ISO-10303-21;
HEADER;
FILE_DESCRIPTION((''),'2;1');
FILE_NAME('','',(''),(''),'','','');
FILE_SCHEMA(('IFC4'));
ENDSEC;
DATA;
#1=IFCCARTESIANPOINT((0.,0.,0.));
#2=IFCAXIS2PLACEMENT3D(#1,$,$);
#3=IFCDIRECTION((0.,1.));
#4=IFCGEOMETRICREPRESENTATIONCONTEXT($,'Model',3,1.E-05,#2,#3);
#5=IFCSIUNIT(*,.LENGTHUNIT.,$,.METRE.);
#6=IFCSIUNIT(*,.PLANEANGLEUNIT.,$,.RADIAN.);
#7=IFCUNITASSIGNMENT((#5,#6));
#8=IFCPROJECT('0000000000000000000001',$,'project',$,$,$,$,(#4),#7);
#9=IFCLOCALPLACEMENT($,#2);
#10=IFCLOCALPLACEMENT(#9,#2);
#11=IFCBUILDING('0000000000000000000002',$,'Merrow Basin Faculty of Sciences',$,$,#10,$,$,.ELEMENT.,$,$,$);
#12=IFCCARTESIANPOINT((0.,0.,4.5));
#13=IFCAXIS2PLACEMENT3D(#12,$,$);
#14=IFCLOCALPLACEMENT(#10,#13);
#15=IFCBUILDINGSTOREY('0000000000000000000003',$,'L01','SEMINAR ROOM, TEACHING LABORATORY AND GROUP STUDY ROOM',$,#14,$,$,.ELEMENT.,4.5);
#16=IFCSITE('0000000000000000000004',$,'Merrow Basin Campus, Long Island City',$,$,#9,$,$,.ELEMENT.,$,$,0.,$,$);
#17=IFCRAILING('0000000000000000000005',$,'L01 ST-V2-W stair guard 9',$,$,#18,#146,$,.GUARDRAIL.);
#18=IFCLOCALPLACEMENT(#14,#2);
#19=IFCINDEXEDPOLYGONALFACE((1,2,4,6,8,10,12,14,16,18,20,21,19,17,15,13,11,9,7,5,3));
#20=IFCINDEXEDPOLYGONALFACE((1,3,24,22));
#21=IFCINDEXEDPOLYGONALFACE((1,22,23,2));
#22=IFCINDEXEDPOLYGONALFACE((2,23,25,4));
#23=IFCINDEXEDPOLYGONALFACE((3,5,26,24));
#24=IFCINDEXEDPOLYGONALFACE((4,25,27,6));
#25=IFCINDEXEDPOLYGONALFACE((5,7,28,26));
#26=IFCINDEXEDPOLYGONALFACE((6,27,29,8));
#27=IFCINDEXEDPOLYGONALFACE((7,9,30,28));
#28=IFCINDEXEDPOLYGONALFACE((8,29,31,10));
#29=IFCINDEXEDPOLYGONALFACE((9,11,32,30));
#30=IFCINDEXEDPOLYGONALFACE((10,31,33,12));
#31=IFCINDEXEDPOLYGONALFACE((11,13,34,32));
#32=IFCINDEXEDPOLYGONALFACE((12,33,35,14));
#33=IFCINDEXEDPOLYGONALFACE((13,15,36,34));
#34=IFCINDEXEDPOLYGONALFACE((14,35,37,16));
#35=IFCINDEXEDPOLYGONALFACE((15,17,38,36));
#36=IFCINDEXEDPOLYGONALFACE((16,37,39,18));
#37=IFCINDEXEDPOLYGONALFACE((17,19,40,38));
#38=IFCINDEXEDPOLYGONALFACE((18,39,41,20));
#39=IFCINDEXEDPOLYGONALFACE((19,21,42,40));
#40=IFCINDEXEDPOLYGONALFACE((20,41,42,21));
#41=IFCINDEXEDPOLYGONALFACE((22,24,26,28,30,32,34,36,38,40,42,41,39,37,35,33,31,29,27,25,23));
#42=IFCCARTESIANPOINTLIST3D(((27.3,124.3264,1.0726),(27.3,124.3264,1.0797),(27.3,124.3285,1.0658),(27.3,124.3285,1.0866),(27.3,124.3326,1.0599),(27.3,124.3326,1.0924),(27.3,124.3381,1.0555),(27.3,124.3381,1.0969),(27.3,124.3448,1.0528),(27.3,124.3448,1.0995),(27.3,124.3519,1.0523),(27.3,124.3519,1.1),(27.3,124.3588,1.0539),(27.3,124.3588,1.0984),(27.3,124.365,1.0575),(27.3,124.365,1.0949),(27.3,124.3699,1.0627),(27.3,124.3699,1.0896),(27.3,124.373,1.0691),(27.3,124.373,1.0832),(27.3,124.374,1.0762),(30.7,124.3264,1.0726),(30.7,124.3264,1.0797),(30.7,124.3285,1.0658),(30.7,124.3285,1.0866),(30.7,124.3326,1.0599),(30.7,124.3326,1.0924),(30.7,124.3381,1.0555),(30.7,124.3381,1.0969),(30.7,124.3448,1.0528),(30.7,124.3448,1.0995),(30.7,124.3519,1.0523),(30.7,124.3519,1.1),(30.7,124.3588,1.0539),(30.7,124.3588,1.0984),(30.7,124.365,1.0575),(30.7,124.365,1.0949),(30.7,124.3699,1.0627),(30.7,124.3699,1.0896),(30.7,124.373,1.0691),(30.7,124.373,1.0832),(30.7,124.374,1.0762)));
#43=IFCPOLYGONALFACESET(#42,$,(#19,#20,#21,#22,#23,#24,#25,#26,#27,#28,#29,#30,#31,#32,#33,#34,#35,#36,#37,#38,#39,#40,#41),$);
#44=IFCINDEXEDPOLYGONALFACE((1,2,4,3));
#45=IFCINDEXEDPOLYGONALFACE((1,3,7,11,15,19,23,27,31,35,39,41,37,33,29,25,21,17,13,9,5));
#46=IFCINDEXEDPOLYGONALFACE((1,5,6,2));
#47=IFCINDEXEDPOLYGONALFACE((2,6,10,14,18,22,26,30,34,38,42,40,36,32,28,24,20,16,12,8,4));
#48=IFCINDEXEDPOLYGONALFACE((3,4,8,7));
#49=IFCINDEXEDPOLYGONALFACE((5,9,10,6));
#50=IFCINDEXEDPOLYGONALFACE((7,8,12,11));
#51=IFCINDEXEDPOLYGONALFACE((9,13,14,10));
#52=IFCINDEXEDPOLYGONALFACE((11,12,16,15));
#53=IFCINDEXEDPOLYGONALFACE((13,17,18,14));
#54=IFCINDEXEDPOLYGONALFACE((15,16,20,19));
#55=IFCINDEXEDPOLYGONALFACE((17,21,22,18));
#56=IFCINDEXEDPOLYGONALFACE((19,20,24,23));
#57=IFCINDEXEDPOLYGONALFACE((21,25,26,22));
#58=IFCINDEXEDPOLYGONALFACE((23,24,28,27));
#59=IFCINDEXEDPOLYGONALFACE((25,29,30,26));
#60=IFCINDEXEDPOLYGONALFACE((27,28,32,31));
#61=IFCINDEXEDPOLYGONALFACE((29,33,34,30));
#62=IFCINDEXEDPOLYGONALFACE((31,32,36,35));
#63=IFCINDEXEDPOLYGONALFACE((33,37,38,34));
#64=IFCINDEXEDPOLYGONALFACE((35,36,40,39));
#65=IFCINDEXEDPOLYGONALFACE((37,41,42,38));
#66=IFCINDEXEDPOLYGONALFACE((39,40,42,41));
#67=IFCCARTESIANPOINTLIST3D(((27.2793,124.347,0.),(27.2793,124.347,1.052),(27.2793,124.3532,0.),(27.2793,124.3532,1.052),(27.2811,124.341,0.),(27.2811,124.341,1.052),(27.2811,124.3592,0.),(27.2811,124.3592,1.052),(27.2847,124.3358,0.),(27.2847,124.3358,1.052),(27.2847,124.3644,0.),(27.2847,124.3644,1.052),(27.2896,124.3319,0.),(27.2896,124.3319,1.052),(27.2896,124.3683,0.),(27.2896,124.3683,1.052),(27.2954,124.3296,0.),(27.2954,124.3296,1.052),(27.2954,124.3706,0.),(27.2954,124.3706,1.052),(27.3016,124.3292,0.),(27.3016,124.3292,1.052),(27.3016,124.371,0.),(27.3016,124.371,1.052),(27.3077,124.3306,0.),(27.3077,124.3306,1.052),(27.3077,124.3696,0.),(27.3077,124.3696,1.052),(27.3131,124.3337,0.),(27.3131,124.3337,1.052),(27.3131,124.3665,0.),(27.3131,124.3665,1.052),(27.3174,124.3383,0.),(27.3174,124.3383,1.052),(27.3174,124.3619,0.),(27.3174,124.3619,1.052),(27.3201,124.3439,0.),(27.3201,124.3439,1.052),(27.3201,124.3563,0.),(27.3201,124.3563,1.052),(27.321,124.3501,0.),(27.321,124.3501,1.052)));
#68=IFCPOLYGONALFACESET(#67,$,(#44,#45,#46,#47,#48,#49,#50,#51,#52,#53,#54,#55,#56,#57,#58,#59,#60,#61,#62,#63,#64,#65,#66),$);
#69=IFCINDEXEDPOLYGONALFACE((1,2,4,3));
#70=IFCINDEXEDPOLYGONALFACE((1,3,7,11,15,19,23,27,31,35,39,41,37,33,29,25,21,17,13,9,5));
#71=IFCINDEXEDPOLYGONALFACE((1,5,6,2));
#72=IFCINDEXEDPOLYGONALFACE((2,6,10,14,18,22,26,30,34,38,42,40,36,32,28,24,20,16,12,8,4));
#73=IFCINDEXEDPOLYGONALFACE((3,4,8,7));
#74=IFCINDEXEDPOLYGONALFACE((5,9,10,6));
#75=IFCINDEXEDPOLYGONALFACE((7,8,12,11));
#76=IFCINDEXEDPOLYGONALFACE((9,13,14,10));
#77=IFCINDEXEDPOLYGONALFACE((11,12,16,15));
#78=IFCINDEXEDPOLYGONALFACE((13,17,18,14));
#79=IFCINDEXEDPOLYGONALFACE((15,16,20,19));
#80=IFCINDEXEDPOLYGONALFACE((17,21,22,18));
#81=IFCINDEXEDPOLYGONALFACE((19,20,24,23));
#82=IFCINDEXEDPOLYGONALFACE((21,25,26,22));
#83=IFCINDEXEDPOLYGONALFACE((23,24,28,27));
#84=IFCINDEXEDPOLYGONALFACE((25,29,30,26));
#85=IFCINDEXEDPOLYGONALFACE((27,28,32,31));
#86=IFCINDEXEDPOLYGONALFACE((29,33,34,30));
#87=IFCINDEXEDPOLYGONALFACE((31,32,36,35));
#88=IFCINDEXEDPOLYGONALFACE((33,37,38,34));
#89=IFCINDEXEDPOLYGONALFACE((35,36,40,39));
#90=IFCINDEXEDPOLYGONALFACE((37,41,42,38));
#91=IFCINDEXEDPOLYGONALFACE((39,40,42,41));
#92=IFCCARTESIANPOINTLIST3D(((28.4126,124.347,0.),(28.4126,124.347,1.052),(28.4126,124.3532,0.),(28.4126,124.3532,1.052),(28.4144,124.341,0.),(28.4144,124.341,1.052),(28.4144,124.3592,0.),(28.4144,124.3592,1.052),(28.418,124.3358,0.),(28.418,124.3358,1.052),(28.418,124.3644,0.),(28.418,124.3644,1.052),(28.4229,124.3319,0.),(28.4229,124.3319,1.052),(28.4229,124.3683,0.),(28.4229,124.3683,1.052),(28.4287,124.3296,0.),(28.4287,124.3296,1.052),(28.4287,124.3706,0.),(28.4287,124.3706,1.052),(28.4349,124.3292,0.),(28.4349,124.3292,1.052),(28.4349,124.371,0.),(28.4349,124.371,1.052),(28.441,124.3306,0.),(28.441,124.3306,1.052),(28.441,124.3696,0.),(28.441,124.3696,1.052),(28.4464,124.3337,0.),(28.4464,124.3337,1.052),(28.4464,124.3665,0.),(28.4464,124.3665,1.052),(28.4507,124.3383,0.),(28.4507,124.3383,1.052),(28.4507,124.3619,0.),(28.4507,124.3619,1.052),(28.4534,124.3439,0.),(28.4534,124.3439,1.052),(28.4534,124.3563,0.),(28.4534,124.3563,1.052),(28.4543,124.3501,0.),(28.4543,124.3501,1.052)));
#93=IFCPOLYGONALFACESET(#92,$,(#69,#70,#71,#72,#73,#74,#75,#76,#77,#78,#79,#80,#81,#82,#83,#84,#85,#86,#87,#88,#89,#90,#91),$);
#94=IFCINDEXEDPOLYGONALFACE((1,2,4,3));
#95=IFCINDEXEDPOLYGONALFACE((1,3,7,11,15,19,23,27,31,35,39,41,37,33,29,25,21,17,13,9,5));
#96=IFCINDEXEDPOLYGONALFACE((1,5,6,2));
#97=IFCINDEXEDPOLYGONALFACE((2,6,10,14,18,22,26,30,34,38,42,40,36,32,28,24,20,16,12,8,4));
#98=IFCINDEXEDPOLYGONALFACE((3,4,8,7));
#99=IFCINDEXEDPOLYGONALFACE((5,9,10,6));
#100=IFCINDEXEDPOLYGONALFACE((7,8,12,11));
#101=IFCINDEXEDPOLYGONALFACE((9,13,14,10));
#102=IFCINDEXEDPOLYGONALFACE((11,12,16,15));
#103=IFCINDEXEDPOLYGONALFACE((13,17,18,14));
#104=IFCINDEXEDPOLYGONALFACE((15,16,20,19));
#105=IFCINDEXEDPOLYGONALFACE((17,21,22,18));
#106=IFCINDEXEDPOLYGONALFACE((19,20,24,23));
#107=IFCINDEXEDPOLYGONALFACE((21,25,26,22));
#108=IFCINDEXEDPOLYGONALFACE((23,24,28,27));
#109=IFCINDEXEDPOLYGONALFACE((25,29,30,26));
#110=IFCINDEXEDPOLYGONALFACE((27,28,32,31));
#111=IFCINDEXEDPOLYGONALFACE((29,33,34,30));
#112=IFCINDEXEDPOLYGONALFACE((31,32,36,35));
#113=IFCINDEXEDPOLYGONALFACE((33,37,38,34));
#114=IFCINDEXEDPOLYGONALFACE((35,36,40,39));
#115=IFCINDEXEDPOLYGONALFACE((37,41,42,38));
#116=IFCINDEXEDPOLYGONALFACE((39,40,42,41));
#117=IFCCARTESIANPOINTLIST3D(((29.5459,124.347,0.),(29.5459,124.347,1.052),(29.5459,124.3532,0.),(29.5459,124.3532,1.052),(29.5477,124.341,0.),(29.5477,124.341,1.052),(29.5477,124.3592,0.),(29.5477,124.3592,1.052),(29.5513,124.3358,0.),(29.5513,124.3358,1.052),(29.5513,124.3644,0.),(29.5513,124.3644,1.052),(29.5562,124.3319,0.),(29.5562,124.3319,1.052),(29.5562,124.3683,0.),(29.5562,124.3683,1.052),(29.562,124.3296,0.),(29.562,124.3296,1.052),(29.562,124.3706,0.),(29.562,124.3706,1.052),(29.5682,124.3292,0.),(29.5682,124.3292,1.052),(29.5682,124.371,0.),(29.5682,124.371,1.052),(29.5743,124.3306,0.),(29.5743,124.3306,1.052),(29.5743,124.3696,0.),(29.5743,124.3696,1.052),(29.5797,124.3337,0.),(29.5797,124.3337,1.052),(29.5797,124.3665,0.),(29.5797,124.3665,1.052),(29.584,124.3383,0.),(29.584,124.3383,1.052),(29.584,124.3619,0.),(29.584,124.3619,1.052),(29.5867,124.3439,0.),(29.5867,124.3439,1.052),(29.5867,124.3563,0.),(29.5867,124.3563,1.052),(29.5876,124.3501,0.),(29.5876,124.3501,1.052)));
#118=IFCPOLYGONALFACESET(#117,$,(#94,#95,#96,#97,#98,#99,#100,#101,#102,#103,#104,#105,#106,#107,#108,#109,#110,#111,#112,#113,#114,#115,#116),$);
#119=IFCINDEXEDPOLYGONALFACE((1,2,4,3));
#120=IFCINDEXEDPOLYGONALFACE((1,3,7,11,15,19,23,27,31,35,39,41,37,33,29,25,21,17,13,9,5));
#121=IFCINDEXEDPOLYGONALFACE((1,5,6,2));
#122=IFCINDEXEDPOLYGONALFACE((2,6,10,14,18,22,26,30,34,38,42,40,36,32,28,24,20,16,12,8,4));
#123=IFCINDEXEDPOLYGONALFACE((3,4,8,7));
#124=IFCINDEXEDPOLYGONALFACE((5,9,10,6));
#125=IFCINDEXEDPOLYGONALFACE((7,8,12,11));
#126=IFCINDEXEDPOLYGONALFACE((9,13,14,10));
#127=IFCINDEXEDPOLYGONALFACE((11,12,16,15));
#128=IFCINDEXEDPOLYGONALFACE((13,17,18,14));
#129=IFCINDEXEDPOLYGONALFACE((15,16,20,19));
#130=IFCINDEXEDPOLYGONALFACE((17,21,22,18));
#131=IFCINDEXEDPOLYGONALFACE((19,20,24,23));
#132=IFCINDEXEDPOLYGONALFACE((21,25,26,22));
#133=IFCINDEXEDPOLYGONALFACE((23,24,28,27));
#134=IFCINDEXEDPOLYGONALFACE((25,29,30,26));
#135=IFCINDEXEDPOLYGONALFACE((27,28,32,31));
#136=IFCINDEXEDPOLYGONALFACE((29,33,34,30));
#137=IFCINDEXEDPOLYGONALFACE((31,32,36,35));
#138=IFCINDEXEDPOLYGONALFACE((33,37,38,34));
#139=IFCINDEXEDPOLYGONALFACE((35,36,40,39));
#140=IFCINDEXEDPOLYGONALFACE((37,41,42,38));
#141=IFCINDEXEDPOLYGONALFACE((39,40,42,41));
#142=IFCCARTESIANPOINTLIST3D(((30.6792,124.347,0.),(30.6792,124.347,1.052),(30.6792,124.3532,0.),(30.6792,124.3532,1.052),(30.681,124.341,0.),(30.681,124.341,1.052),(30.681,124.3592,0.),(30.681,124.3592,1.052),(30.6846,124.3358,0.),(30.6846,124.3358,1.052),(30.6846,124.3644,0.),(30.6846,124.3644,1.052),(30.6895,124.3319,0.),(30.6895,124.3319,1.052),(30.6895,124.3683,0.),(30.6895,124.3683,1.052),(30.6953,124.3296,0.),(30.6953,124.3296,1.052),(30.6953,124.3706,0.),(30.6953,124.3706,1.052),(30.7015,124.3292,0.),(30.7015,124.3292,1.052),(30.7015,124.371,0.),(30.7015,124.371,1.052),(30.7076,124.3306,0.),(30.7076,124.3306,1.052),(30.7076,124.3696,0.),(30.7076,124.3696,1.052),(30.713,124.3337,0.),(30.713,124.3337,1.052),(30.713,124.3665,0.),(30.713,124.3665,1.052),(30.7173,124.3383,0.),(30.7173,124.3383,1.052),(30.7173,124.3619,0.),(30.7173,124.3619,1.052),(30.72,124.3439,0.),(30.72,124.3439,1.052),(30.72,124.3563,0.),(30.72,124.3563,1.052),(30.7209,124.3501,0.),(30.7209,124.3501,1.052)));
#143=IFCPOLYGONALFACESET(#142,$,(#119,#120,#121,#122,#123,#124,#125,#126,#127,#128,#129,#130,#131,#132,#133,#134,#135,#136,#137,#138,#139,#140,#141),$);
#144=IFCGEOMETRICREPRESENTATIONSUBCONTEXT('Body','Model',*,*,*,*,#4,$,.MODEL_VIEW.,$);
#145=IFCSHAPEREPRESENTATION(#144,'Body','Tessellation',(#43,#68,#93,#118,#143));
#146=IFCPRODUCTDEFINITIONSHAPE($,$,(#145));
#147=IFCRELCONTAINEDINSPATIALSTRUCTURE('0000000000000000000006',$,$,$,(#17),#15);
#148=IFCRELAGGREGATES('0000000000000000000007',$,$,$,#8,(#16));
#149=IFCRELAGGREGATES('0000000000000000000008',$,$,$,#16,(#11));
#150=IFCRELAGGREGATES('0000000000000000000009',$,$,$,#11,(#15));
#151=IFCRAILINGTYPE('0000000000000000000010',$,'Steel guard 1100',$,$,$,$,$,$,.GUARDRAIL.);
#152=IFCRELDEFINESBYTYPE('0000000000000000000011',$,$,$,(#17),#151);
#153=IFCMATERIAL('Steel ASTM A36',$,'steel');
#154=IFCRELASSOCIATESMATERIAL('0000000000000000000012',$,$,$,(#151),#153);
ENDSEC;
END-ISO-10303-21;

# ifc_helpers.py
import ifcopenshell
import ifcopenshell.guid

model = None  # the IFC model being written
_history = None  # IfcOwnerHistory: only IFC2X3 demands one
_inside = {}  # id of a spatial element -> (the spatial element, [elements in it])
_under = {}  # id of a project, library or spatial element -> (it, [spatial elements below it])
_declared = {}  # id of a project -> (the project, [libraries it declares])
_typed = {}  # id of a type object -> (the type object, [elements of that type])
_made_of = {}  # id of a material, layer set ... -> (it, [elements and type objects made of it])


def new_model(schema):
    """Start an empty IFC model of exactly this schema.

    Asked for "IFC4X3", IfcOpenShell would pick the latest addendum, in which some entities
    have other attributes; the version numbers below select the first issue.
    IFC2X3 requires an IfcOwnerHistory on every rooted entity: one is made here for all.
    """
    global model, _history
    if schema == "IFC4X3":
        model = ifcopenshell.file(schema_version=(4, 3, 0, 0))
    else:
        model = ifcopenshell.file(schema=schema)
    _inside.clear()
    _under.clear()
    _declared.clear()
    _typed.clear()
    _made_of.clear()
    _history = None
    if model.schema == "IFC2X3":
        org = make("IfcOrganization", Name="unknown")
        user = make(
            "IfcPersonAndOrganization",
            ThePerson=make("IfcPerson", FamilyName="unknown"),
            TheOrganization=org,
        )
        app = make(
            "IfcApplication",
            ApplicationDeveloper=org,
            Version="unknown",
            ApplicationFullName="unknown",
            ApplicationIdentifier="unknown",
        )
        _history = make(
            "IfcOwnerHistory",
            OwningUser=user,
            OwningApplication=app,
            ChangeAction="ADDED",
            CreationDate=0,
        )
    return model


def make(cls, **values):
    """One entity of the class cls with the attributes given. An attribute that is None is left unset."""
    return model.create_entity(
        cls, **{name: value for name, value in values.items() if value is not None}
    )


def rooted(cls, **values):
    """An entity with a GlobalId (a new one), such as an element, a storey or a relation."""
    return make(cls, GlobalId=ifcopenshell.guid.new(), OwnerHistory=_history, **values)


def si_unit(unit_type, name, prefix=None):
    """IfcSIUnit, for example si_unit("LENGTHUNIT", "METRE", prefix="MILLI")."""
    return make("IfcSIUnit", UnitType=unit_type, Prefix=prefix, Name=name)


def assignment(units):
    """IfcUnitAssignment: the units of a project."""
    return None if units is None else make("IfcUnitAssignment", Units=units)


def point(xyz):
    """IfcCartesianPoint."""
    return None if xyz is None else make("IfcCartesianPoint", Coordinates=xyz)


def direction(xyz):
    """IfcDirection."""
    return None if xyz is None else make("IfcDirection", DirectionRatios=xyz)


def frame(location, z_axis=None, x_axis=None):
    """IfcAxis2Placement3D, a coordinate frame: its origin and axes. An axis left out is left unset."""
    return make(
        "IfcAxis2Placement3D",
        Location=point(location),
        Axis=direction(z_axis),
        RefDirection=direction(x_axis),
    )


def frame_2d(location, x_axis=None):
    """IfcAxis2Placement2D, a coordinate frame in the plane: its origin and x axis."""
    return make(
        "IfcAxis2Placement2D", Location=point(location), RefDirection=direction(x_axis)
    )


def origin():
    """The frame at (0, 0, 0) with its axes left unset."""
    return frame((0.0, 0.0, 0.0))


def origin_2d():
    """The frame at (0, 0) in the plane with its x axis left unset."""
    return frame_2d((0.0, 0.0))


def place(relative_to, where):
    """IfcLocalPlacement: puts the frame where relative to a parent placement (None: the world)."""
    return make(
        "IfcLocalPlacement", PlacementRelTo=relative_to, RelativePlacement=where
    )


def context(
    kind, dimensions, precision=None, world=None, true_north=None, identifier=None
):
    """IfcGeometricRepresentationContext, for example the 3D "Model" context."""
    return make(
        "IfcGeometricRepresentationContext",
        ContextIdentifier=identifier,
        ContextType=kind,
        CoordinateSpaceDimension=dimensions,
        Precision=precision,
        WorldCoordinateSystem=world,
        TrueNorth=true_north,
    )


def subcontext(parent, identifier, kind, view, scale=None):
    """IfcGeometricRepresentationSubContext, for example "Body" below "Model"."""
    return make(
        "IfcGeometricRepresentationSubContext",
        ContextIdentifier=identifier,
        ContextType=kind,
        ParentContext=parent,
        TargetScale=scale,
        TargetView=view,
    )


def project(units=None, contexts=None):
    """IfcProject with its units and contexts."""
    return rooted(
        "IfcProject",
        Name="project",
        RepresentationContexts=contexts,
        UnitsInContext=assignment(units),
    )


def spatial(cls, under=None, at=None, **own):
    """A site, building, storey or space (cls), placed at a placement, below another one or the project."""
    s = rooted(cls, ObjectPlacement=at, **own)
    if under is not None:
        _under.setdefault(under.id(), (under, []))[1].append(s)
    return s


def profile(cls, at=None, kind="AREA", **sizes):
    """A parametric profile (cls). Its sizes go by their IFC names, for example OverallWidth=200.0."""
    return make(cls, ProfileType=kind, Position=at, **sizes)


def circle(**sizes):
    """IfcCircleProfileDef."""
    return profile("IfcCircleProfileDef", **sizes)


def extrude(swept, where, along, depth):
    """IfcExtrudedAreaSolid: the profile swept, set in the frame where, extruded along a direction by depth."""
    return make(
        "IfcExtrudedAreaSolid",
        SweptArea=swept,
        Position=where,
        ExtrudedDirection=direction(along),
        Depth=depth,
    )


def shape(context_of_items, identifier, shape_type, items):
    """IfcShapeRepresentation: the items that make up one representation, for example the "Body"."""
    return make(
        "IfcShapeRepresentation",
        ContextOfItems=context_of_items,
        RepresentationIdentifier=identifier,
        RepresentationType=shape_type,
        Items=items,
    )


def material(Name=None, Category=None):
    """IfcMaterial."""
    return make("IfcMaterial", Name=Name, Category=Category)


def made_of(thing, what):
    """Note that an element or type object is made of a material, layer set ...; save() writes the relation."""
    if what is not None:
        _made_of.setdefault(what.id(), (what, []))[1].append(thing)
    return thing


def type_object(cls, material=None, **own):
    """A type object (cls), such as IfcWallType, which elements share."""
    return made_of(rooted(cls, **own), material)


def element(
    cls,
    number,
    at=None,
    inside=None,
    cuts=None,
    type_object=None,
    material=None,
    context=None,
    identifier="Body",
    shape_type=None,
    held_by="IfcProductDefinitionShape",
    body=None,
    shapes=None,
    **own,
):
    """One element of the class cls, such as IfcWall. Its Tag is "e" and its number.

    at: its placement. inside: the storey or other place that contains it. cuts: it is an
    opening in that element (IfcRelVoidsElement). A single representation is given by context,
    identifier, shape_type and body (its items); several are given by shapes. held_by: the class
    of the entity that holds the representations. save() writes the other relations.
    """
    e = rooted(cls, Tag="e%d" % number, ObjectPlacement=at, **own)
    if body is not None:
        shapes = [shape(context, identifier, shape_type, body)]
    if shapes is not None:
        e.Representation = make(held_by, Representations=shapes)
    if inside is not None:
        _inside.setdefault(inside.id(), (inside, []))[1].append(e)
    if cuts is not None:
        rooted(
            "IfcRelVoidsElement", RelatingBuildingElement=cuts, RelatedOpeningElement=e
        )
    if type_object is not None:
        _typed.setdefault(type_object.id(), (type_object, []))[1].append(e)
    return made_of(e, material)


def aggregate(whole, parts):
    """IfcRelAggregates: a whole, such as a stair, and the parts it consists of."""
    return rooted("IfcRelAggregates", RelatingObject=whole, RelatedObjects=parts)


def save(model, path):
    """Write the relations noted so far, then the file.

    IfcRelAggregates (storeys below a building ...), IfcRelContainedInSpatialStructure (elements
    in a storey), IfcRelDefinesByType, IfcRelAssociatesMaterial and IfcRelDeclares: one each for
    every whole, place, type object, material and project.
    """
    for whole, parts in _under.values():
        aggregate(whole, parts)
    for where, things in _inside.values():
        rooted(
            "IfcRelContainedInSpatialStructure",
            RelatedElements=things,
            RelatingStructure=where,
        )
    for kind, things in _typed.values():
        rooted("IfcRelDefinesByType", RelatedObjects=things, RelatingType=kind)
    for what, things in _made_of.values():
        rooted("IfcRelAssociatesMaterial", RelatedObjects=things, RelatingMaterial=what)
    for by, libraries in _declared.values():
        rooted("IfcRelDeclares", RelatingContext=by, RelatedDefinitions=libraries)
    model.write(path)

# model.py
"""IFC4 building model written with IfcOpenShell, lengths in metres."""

from ifc_helpers import new_model, si_unit, direction, frame, origin, origin_2d, place, context, subcontext, project, spatial, circle, extrude, material, type_object, element, save


model = new_model("IFC4")

# Units and contexts
model_context = context("Model", 3, precision=1e-05, world=origin(), true_north=direction((0.0, 1.0)))
body_context = subcontext(model_context, "Body", "Model", "MODEL_VIEW")
ifc_project = project(units=[si_unit("LENGTHUNIT", "METRE"), si_unit("PLANEANGLEUNIT", "RADIAN")], contexts=[model_context])

# Site, building, storey
site_placement = place(None, origin())
site = spatial("IfcSite", under=ifc_project, at=site_placement, Name="Merrow Basin Campus, Long Island City", CompositionType="ELEMENT", RefElevation=0.0)
building_placement = place(site_placement, origin())
building = spatial("IfcBuilding", under=site, at=building_placement, Name="Merrow Basin Faculty of Sciences", CompositionType="ELEMENT")
storey_placement = place(building_placement, frame((0.0, 0.0, 4.5)))
storey = spatial("IfcBuildingStorey", under=building, at=storey_placement, Name="L01", Description="SEMINAR ROOM, TEACHING LABORATORY AND GROUP STUDY ROOM", CompositionType="ELEMENT", Elevation=4.5)

# Railing
ifc_material_1 = material(Name="Steel ASTM A36", Category="steel")
railing_type_1 = type_object("IfcRailingType", Name="Steel guard 1100", PredefinedType="GUARDRAIL", material=ifc_material_1)
railing_1_placement = place(storey_placement, frame((27.3, 124.3501, 0.0)))
element("IfcRailing", 1, at=railing_1_placement, inside=storey, type_object=railing_type_1, Name="L01 ST-V2-W stair guard 9", PredefinedType="GUARDRAIL", context=body_context, shape_type="SweptSolid", body=[
    extrude(circle(Radius=0.0239, at=origin_2d()), frame((0.0, 0.0, 1.0762), z_axis=(1.0, 0.0, 0.0), x_axis=(0.0, 1.0, 0.0)), (0.0, 0.0, 1.0), 3.3999),
    extrude(circle(Radius=0.021, at=origin_2d()), origin(), (0.0, 0.0, 1.0), 1.052),
    extrude(circle(Radius=0.021, at=origin_2d()), frame((1.1333, 0.0, 0.0)), (0.0, 0.0, 1.0), 1.052),
    extrude(circle(Radius=0.021, at=origin_2d()), frame((2.2666, 0.0, 0.0)), (0.0, 0.0, 1.0), 1.052),
    extrude(circle(Radius=0.021, at=origin_2d()), frame((3.3999, 0.0, 0.0)), (0.0, 0.0, 1.0), 1.052),
])

save(model, "model.ifc")
